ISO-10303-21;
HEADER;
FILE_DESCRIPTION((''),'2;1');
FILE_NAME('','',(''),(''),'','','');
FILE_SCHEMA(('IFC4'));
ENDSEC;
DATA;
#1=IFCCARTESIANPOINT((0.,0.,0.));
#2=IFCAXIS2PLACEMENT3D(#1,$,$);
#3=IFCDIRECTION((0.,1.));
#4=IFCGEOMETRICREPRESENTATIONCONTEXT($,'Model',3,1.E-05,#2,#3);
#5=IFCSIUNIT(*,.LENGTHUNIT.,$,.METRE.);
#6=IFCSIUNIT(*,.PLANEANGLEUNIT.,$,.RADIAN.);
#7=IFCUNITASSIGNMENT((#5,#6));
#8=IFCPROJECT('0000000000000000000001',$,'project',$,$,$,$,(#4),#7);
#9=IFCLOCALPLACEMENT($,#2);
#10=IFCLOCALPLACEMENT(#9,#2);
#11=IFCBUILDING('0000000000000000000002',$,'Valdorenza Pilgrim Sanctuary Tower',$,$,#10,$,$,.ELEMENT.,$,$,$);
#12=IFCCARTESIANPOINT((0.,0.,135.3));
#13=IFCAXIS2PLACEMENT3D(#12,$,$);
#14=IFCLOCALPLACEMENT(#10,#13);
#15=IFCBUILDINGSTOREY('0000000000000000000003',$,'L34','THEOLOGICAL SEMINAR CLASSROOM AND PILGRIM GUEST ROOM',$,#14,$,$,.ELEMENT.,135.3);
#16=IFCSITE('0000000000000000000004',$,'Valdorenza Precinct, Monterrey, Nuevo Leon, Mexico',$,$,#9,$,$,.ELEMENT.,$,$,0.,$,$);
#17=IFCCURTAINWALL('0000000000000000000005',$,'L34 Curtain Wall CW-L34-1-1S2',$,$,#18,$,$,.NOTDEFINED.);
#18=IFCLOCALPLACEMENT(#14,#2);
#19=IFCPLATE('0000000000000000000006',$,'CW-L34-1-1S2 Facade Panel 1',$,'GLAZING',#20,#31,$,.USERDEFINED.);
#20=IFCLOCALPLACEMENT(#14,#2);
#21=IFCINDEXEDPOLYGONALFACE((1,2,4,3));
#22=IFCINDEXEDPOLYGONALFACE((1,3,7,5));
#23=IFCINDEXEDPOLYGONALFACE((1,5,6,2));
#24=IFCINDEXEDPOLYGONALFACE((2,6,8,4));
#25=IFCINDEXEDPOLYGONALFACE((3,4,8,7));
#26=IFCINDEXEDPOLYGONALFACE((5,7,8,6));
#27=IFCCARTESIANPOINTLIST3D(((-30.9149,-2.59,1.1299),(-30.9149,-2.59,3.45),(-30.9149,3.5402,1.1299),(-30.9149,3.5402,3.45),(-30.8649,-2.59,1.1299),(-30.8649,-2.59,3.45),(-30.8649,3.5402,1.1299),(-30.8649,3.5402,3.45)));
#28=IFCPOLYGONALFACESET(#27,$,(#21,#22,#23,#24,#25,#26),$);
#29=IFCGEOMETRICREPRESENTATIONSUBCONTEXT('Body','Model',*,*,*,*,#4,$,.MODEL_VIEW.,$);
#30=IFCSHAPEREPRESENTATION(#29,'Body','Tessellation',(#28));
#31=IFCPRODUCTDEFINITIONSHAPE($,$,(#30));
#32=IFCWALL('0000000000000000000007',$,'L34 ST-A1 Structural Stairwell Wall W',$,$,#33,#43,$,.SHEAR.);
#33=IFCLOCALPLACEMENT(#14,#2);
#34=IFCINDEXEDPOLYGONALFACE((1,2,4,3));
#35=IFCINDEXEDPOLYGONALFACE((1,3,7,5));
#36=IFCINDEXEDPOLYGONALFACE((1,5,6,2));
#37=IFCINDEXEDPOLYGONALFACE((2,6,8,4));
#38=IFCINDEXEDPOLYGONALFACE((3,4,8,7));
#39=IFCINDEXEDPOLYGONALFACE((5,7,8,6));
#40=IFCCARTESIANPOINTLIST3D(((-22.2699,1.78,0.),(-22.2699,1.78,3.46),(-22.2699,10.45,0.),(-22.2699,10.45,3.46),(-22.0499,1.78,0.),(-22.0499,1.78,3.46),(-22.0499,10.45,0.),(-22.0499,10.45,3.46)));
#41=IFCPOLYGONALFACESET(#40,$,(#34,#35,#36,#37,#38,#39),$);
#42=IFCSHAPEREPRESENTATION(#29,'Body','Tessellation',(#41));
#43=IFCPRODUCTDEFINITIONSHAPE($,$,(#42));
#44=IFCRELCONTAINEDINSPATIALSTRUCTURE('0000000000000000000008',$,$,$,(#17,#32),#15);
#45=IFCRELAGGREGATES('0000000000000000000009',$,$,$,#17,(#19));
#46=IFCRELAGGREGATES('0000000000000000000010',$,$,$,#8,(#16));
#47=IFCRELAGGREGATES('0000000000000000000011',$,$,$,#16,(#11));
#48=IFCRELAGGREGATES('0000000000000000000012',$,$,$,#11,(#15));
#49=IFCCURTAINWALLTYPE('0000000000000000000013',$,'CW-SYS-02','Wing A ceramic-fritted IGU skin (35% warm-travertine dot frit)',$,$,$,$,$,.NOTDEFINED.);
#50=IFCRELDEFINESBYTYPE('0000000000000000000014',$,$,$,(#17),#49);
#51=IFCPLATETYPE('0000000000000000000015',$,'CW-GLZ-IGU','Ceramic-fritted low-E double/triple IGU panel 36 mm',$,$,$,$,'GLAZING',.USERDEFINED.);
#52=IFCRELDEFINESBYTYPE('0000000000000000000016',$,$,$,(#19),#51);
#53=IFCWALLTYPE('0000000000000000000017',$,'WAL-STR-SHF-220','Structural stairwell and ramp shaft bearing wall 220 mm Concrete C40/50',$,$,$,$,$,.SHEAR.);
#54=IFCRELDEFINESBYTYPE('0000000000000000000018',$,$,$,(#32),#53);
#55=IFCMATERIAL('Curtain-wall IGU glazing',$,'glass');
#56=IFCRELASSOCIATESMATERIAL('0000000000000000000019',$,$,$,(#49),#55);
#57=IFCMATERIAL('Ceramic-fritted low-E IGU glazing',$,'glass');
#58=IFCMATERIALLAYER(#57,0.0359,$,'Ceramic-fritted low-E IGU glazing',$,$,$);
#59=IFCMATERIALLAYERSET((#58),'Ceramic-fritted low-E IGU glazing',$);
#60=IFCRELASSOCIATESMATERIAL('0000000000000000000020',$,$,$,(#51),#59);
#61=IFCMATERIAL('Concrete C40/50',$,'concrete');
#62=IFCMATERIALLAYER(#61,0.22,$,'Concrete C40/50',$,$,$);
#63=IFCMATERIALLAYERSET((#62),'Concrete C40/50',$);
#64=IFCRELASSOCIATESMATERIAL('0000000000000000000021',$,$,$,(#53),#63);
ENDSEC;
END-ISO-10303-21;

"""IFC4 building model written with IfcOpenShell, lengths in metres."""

from ifc_helpers import new_model, si_unit, direction, frame, frame_2d, origin, origin_2d, place, context, subcontext, project, spatial, rectangle, extrude, source, transform, mapped, material, layer, layer_set, type_object, element, aggregate, save


model = new_model("IFC4")

# Units and contexts
model_context = context("Model", 3, precision=1e-05, world=origin(), true_north=direction((0.0, 1.0)))
body_context = subcontext(model_context, "Body", "Model", "MODEL_VIEW")
ifc_project = project(units=[si_unit("LENGTHUNIT", "METRE"), si_unit("PLANEANGLEUNIT", "RADIAN")], contexts=[model_context])

# Site, building, storey
site_placement = place(None, origin())
site = spatial("IfcSite", under=ifc_project, at=site_placement, Name="Valdorenza Precinct, Monterrey, Nuevo Leon, Mexico", CompositionType="ELEMENT", RefElevation=0.0)
building_placement = place(site_placement, origin())
building = spatial("IfcBuilding", under=site, at=building_placement, Name="Valdorenza Pilgrim Sanctuary Tower", CompositionType="ELEMENT")
storey_placement = place(building_placement, frame((0.0, 0.0, 135.3)))
storey = spatial("IfcBuildingStorey", under=building, at=storey_placement, Name="L34", Description="THEOLOGICAL SEMINAR CLASSROOM AND PILGRIM GUEST ROOM", CompositionType="ELEMENT", Elevation=135.3)

# Curtain wall, plate
ifc_material_1 = material(Name="Curtain-wall IGU glazing", Category="glass")
curtain_wall_type = type_object("IfcCurtainWallType", Name="CW-SYS-02", Description="Wing A ceramic-fritted IGU skin (35% warm-travertine dot frit)", PredefinedType="NOTDEFINED", material=ifc_material_1)
curtain_wall_placement = place(storey_placement, origin())
curtain_wall = element("IfcCurtainWall", 1, at=curtain_wall_placement, inside=storey, type_object=curtain_wall_type, Name="L34 Curtain Wall CW-L34-1-1S2", PredefinedType="NOTDEFINED")
ifc_material_2 = material(Name="Ceramic-fritted low-E IGU glazing", Category="glass")
ifc_layer_1 = layer(ifc_material_2, 0.0359, Name="Ceramic-fritted low-E IGU glazing")
ifc_layer_set_1 = layer_set([ifc_layer_1], Name="Ceramic-fritted low-E IGU glazing")
plate_type_1 = type_object("IfcPlateType", Name="CW-GLZ-IGU", Description="Ceramic-fritted low-E double/triple IGU panel 36 mm", ElementType="GLAZING", PredefinedType="USERDEFINED", material=ifc_layer_set_1)
shared_shape_1 = source(origin(), body_context, "Body", "SweptSolid", [
    extrude(rectangle(XDim=6.1301, YDim=0.05, at=origin_2d()), origin(), (0.0, 0.0, 1.0), 2.3201),
])
plate_1_placement = place(storey_placement, frame((-30.8899, 0.4751, 1.1299), z_axis=(0.0, 0.0, 1.0), x_axis=(0.0, 1.0, 0.0)))
plate_1 = element("IfcPlate", 2, at=plate_1_placement, type_object=plate_type_1, Name="CW-L34-1-1S2 Facade Panel 1", ObjectType="GLAZING", PredefinedType="USERDEFINED", context=body_context, shape_type="MappedRepresentation", body=[
    mapped(shared_shape_1, transform((0.0, 0.0, 0.0), x_axis=(1.0, 0.0, 0.0), y_axis=(0.0, 1.0, 0.0), z_axis=(0.0, 0.0, 1.0), scale=1.0)),
])
aggregate(curtain_wall, [plate_1])

# Wall
ifc_material_3 = material(Name="Concrete C40/50", Category="concrete")
ifc_layer_2 = layer(ifc_material_3, 0.22, Name="Concrete C40/50")
ifc_layer_set_2 = layer_set([ifc_layer_2], Name="Concrete C40/50")
wall_type_1 = type_object("IfcWallType", Name="WAL-STR-SHF-220", Description="Structural stairwell and ramp shaft bearing wall 220 mm Concrete C40/50", PredefinedType="SHEAR", material=ifc_layer_set_2)
wall_1_placement = place(storey_placement, frame((-22.1599, 1.78, 0.0), z_axis=(0.0, 0.0, 1.0), x_axis=(0.0, 1.0, 0.0)))
element("IfcWall", 3, at=wall_1_placement, inside=storey, type_object=wall_type_1, Name="L34 ST-A1 Structural Stairwell Wall W", PredefinedType="SHEAR", context=body_context, shape_type="SweptSolid", body=[
    extrude(rectangle(XDim=8.6699, YDim=0.22, at=frame_2d((4.335, 0.0))), origin(), (0.0, 0.0, 1.0), 3.46),
])

save(model, "model.ifc")
